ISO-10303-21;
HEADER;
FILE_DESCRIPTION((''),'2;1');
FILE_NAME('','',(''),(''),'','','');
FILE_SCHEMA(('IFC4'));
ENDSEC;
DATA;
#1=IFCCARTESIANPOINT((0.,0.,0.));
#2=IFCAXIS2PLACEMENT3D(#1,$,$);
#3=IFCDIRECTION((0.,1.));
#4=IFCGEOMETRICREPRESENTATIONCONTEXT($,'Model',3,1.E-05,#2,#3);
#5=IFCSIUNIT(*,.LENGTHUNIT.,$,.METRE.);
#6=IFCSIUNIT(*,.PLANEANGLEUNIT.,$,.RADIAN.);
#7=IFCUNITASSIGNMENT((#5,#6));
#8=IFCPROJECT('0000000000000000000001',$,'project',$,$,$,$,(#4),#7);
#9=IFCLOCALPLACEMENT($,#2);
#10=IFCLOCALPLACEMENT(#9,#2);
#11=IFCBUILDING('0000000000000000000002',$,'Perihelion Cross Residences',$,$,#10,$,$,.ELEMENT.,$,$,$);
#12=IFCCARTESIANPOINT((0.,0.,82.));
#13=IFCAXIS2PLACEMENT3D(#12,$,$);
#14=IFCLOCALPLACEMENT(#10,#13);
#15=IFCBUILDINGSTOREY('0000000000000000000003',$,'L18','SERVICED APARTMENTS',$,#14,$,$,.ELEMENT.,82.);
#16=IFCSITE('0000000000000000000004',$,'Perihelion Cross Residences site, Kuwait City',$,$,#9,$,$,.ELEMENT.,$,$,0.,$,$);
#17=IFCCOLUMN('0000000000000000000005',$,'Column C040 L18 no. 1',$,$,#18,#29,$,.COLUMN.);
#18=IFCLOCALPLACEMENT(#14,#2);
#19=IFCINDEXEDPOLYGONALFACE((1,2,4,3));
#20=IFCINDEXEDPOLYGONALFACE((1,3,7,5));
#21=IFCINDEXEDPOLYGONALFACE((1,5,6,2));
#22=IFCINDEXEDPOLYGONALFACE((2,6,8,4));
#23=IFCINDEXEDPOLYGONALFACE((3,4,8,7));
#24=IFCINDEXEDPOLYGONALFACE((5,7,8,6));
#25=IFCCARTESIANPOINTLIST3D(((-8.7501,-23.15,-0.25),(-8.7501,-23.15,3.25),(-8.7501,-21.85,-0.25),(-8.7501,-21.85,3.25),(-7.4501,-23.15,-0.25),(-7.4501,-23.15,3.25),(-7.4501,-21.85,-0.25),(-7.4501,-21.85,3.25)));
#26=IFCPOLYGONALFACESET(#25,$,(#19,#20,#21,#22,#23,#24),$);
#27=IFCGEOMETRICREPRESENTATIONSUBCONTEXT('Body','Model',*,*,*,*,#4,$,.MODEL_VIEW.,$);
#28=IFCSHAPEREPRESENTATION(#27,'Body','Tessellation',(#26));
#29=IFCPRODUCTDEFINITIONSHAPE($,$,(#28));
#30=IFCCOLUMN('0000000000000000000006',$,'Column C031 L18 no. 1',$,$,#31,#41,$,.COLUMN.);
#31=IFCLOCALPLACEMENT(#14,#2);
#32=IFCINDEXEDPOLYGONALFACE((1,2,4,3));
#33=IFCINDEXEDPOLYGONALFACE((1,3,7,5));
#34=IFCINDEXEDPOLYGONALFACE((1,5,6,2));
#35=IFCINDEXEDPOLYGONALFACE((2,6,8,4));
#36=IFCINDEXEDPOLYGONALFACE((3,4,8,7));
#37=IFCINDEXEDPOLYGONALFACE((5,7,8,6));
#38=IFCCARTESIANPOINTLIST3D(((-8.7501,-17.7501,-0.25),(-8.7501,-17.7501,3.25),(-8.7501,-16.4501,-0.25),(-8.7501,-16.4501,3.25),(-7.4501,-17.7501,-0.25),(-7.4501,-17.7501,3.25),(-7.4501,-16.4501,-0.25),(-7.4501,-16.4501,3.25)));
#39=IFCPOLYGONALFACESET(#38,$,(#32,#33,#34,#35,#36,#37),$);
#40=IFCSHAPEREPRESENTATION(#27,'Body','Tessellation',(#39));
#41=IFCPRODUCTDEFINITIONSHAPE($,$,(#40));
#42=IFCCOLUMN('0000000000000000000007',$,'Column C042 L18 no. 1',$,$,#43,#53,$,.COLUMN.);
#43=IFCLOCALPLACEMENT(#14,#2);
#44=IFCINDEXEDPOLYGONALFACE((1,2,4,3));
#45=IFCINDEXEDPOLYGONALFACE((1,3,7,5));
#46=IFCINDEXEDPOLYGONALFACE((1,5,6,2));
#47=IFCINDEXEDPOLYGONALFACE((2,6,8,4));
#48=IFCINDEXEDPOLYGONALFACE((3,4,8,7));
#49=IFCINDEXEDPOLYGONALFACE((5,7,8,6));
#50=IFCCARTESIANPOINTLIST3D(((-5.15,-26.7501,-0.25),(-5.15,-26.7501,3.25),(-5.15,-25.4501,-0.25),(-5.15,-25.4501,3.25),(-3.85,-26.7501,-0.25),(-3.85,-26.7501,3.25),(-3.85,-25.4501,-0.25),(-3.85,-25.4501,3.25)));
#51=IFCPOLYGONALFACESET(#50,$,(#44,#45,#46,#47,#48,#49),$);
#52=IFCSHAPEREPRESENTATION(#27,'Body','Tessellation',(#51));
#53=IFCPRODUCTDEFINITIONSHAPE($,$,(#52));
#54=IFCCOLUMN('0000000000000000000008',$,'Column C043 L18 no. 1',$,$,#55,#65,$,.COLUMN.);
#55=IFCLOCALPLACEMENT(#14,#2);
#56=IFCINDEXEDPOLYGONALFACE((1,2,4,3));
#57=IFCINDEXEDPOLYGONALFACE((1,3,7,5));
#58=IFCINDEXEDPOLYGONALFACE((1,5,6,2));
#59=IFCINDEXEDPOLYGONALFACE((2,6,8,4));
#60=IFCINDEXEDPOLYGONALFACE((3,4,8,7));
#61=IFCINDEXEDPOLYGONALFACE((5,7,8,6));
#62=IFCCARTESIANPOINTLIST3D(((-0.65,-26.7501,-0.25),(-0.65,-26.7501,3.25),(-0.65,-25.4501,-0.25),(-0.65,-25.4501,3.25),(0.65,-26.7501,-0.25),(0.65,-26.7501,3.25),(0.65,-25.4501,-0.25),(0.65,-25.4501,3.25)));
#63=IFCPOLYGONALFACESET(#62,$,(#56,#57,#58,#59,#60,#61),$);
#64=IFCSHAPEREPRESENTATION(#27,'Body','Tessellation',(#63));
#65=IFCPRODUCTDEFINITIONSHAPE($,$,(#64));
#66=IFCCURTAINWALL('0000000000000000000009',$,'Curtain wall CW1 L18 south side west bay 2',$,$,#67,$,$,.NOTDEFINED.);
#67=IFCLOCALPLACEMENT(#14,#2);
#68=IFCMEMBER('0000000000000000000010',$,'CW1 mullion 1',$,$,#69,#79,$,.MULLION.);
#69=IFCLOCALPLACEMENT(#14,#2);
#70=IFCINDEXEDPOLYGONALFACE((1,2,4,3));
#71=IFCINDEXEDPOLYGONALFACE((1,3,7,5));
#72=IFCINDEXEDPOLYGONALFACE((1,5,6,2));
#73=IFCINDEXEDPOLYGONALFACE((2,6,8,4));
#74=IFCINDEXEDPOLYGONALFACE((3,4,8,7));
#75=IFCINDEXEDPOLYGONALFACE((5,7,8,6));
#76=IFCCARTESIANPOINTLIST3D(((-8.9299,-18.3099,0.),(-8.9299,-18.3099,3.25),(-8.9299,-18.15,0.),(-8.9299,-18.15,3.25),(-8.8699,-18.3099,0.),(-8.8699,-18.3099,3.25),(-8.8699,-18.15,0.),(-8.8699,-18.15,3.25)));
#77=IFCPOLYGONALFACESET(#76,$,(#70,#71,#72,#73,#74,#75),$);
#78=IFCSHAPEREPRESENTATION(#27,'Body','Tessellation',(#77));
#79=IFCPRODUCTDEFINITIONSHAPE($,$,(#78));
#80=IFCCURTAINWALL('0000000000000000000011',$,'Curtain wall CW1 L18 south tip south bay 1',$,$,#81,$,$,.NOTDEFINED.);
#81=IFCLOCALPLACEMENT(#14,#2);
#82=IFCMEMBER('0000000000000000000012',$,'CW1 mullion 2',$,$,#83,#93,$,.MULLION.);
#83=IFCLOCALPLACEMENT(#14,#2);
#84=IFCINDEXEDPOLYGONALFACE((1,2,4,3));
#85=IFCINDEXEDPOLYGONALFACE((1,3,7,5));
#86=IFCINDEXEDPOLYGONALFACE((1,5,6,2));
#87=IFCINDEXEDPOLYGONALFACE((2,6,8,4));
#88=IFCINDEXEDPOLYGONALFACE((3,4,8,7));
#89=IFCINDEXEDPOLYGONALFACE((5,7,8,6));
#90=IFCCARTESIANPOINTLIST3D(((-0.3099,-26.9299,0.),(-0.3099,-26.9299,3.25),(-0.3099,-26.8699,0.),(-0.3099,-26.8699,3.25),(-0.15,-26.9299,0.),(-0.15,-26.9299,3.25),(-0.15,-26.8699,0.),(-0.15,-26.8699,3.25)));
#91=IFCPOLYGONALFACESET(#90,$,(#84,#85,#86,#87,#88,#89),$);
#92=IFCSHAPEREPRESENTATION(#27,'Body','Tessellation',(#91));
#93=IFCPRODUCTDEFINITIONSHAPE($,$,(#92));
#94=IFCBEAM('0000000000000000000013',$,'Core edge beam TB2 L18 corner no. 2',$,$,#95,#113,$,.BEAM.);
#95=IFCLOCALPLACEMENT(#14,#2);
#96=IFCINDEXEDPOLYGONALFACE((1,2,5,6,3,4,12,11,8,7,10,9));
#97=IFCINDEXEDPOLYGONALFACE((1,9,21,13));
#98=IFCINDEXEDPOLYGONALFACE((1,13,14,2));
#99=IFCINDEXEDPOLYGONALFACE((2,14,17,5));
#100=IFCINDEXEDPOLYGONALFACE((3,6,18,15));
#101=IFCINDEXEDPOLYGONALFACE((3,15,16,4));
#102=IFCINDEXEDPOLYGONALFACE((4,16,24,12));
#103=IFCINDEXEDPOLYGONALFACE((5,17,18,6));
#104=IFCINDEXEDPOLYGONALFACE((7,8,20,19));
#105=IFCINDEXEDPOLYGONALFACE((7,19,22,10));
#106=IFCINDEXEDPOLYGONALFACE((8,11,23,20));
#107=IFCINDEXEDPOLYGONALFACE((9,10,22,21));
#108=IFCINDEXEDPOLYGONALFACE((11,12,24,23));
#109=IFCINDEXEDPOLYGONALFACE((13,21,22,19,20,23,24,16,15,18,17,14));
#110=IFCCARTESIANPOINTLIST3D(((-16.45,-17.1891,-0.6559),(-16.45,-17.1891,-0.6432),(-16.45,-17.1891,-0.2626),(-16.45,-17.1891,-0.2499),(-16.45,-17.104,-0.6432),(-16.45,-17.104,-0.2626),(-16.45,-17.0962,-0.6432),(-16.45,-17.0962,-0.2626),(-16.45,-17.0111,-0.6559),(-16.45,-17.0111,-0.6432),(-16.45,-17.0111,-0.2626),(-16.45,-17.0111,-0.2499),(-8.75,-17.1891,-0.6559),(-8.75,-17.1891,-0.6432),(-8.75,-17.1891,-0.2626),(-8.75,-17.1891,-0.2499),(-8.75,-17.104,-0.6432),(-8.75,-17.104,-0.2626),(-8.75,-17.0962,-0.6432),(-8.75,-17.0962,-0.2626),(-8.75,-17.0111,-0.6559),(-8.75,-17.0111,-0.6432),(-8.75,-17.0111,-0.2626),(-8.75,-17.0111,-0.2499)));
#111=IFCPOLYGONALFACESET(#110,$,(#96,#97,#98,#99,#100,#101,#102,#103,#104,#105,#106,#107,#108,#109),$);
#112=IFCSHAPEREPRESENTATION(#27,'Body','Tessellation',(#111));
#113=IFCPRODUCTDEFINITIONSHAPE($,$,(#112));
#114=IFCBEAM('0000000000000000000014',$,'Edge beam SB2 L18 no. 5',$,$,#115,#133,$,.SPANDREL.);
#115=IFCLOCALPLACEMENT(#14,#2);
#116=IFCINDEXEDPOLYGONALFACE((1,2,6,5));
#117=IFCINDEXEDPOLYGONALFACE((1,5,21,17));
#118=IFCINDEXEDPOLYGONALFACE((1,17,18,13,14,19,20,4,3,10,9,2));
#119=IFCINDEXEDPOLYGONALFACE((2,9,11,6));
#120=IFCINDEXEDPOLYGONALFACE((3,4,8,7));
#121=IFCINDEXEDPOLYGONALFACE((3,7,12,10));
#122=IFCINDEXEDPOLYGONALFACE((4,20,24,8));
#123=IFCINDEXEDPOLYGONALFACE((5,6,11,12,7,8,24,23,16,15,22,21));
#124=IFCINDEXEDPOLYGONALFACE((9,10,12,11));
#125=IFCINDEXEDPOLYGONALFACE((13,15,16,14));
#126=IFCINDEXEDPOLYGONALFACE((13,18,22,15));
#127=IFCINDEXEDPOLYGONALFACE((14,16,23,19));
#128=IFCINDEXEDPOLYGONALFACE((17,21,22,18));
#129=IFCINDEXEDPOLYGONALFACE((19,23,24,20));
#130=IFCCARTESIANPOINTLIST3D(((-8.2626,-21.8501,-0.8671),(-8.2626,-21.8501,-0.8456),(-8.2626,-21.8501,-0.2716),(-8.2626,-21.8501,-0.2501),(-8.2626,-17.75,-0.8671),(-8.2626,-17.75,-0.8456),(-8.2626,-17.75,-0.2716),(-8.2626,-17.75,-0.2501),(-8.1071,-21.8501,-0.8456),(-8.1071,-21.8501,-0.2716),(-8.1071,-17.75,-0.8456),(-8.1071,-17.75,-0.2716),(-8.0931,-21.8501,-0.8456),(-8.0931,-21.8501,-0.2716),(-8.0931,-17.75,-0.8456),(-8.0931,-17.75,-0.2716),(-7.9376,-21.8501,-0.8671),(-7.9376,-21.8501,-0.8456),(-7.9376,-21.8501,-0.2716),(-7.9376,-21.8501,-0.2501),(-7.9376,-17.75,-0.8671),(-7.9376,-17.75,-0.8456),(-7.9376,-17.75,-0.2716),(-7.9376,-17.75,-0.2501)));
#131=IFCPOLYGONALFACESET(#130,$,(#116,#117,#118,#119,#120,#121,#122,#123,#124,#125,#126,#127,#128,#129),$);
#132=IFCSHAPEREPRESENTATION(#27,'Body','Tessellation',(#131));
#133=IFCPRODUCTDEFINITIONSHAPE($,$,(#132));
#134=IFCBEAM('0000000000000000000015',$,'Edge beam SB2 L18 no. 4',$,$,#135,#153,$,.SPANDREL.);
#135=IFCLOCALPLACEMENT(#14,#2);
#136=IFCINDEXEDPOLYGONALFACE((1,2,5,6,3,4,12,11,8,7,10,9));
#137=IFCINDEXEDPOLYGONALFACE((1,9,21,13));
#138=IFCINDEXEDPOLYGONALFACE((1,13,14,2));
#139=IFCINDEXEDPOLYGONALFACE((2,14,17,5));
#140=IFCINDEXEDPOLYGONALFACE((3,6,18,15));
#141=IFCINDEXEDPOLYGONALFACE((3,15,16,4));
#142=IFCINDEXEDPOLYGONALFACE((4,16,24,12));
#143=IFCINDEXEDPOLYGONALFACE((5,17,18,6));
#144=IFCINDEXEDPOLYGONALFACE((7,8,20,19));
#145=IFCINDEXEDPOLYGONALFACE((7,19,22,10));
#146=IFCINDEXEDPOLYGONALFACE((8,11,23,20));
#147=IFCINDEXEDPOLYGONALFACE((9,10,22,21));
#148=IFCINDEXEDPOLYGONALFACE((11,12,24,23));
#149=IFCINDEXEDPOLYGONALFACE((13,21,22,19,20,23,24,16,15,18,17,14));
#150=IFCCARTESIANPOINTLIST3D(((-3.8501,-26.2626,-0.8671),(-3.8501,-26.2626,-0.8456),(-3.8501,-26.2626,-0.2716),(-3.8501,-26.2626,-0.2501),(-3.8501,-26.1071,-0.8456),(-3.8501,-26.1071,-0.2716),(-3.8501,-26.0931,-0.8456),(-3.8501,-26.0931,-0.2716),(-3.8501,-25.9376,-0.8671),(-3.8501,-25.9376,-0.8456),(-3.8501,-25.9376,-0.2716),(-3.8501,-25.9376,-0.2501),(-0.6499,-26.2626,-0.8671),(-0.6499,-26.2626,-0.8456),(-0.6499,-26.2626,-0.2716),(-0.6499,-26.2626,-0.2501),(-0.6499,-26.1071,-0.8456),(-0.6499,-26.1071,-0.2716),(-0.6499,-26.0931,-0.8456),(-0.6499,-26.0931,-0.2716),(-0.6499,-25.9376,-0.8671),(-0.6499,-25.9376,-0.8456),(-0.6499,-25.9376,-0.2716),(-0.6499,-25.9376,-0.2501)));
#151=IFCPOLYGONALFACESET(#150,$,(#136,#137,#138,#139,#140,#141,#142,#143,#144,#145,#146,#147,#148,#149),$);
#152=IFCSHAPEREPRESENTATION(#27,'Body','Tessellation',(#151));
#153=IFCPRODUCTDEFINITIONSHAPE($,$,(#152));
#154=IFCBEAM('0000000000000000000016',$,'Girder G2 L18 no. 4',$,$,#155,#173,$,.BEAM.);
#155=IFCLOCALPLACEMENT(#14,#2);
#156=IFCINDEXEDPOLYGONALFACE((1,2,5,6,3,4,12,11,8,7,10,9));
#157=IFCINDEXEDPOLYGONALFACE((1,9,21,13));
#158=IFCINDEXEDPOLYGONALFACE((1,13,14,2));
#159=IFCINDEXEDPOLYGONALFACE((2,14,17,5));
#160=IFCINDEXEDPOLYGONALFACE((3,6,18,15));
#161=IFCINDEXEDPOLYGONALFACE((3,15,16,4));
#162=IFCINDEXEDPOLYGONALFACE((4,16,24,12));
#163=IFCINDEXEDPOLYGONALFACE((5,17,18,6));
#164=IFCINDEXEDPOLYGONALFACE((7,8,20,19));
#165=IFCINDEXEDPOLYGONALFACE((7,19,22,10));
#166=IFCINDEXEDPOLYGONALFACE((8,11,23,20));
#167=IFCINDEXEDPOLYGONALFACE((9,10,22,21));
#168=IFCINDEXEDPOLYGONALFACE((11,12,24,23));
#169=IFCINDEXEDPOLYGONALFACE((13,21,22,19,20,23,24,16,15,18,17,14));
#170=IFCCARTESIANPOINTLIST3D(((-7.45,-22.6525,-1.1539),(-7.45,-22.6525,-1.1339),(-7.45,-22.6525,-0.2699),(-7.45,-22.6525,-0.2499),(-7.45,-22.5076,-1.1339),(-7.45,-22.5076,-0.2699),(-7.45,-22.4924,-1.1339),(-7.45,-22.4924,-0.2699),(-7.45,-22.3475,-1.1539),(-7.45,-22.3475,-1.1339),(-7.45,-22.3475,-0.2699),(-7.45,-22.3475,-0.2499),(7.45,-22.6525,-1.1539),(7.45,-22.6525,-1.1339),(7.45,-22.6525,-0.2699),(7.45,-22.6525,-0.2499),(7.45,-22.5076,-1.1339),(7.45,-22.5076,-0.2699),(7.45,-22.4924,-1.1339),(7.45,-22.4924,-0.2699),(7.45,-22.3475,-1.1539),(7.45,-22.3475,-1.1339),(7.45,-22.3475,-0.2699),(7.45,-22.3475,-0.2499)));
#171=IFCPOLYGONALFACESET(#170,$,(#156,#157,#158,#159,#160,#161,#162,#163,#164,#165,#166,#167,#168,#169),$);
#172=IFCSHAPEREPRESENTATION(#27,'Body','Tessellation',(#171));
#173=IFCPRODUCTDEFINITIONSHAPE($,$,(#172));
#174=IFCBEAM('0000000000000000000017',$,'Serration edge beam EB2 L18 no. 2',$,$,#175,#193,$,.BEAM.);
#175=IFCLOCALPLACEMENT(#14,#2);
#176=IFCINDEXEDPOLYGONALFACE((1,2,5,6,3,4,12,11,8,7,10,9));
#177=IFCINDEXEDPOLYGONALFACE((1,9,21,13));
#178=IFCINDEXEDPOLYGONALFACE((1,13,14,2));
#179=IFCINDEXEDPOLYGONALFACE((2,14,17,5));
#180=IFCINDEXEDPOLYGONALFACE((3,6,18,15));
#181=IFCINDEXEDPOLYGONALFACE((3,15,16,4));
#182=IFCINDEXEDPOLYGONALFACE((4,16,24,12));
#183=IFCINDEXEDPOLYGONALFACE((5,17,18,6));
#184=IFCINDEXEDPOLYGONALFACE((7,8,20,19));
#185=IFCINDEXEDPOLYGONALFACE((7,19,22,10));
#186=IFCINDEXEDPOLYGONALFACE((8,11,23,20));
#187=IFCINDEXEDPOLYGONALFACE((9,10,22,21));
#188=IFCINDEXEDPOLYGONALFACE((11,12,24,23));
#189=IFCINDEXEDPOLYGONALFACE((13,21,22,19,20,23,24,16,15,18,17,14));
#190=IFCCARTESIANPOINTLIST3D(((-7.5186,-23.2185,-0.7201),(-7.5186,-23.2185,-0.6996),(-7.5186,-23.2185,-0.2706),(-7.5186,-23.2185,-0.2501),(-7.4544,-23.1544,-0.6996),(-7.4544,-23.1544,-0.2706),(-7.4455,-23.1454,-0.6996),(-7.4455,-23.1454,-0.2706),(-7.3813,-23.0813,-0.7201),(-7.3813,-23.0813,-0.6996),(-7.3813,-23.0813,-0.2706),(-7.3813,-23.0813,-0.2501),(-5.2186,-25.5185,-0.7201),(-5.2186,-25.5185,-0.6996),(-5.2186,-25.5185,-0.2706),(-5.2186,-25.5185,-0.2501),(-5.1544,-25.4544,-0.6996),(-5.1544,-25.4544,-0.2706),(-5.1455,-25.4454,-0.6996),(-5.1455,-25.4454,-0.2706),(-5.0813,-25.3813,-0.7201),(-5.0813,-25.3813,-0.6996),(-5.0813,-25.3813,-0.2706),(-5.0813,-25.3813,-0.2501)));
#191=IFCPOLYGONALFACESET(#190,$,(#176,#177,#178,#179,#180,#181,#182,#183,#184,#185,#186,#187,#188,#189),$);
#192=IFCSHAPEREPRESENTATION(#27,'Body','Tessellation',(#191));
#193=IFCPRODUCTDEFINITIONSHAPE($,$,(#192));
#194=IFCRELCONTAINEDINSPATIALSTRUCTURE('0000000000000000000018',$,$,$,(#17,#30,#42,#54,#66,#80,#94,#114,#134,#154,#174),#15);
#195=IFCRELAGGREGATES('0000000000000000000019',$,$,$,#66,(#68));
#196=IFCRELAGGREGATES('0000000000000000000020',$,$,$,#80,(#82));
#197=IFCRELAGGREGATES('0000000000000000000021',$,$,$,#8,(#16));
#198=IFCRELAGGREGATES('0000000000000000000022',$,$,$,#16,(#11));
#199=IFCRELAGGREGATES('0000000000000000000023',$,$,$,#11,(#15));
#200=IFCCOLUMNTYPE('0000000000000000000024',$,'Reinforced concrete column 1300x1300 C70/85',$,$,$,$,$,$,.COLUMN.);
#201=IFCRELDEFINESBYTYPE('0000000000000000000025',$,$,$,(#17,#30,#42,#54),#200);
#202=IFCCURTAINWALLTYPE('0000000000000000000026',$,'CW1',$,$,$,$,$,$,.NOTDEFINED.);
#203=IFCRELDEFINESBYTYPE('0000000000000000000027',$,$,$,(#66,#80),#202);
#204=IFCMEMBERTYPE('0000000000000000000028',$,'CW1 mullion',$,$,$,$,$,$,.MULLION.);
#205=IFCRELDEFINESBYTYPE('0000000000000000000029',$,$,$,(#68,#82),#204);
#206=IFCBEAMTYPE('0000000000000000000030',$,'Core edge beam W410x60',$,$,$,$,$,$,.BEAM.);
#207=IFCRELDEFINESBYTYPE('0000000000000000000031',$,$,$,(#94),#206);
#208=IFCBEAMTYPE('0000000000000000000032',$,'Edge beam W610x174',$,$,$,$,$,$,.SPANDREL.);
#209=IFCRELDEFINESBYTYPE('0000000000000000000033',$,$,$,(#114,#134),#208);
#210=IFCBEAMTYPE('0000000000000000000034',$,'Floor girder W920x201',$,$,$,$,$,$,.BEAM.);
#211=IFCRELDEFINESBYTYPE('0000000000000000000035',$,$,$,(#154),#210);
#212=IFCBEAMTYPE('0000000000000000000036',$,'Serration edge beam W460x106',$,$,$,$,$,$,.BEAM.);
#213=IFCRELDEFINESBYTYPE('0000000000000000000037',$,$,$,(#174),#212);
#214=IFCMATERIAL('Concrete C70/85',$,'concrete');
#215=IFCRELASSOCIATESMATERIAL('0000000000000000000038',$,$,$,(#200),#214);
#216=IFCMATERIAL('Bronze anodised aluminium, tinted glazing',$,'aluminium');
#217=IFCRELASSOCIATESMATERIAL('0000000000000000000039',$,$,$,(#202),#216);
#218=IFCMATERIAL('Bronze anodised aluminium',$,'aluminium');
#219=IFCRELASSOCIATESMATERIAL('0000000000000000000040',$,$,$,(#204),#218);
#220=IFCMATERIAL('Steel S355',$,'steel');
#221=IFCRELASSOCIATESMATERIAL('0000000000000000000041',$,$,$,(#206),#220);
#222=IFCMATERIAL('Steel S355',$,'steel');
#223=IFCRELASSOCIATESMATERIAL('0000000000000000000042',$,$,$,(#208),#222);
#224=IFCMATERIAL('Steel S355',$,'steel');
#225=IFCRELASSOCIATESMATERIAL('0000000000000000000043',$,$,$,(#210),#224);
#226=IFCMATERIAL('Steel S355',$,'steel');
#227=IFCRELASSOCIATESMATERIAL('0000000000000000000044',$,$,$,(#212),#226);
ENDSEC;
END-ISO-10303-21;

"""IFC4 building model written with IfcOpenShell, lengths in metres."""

from ifc_helpers import new_model, si_unit, direction, frame, origin, origin_2d, place, context, subcontext, project, spatial, rectangle, i_section, extrude, material, material_profile, profile_set, type_object, element, aggregate, save


model = new_model("IFC4")

# Units and contexts
model_context = context("Model", 3, precision=1e-05, world=origin(), true_north=direction((0.0, 1.0)))
body_context = subcontext(model_context, "Body", "Model", "MODEL_VIEW")
ifc_project = project(units=[si_unit("LENGTHUNIT", "METRE"), si_unit("PLANEANGLEUNIT", "RADIAN")], contexts=[model_context])

# Site, building, storey
site_placement = place(None, origin())
site = spatial("IfcSite", under=ifc_project, at=site_placement, Name="Perihelion Cross Residences site, Kuwait City", CompositionType="ELEMENT", RefElevation=0.0)
building_placement = place(site_placement, origin())
building = spatial("IfcBuilding", under=site, at=building_placement, Name="Perihelion Cross Residences", CompositionType="ELEMENT")
storey_placement = place(building_placement, frame((0.0, 0.0, 82.0)))
storey = spatial("IfcBuildingStorey", under=building, at=storey_placement, Name="L18", Description="SERVICED APARTMENTS", CompositionType="ELEMENT", Elevation=82.0)

# Columns
ifc_material_1 = material(Name="Concrete C70/85", Category="concrete")
ifc_material_profile_1 = material_profile(ifc_material_1, rectangle(XDim=1.3, YDim=1.3, at=origin_2d()), Name="RC 1300x1300")
ifc_profile_set_1 = profile_set([ifc_material_profile_1], Name="Concrete C70/85")
column_type = type_object("IfcColumnType", Name="Reinforced concrete column 1300x1300 C70/85", PredefinedType="COLUMN", material=ifc_profile_set_1)
for number, where, z_axis, x_axis, name in (
    (1, (-8.1001, -22.5, -0.25), (0.0, 0.0, 1.0), (1.0, 0.0, 0.0), "Column C040 L18 no. 1"),
    (2, (-8.1001, -17.1001, -0.25), (0.0, 0.0, 1.0), (1.0, 0.0, 0.0), "Column C031 L18 no. 1"),
    (3, (-4.5, -26.1001, -0.25), (0.0, 0.0, 1.0), (1.0, 0.0, 0.0), "Column C042 L18 no. 1"),
    (4, (0.0, -26.1001, -0.25), (0.0, 0.0, 1.0), (1.0, 0.0, 0.0), "Column C043 L18 no. 1"),
):
    element("IfcColumn", number, at=place(storey_placement, frame(where, z_axis=z_axis, x_axis=x_axis)), inside=storey, type_object=column_type, Name=name, PredefinedType="COLUMN", context=body_context, shape_type="SweptSolid", body=[
        extrude(rectangle(XDim=1.3, YDim=1.3, at=origin_2d()), origin(), (0.0, 0.0, 1.0), 3.5),
    ])

# Curtain walls, members
ifc_material_2 = material(Name="Bronze anodised aluminium, tinted glazing", Category="aluminium")
curtain_wall_type = type_object("IfcCurtainWallType", Name="CW1", PredefinedType="NOTDEFINED", material=ifc_material_2)
curtain_wall_1_placement = place(storey_placement, origin())
curtain_wall_1 = element("IfcCurtainWall", 5, at=curtain_wall_1_placement, inside=storey, type_object=curtain_wall_type, Name="Curtain wall CW1 L18 south side west bay 2", PredefinedType="NOTDEFINED")
ifc_material_3 = material(Name="Bronze anodised aluminium", Category="aluminium")
ifc_material_profile_2 = material_profile(ifc_material_3, rectangle(XDim=0.0601, YDim=0.1599, at=origin_2d()), Name="CW1 mullion")
ifc_profile_set_2 = profile_set([ifc_material_profile_2], Name="Bronze anodised aluminium")
member_type = type_object("IfcMemberType", Name="CW1 mullion", PredefinedType="MULLION", material=ifc_profile_set_2)
member_1_placement = place(storey_placement, frame((-8.8999, -18.23, 0.0), z_axis=(0.0, 0.0, 1.0), x_axis=(1.0, 0.0, 0.0)))
member_1 = element("IfcMember", 6, at=member_1_placement, type_object=member_type, Name="CW1 mullion 1", PredefinedType="MULLION", context=body_context, shape_type="SweptSolid", body=[
    extrude(rectangle(XDim=0.0601, YDim=0.1599, at=origin_2d()), origin(), (0.0, 0.0, 1.0), 3.25),
])
curtain_wall_2_placement = place(storey_placement, origin())
curtain_wall_2 = element("IfcCurtainWall", 7, at=curtain_wall_2_placement, inside=storey, type_object=curtain_wall_type, Name="Curtain wall CW1 L18 south tip south bay 1", PredefinedType="NOTDEFINED")
member_2_placement = place(storey_placement, frame((-0.23, -26.8999, 0.0), z_axis=(0.0, 0.0, 1.0), x_axis=(0.0, 1.0, 0.0)))
member_2 = element("IfcMember", 8, at=member_2_placement, type_object=member_type, Name="CW1 mullion 2", PredefinedType="MULLION", context=body_context, shape_type="SweptSolid", body=[
    extrude(rectangle(XDim=0.0601, YDim=0.1599, at=origin_2d()), origin(), (0.0, 0.0, 1.0), 3.25),
])

# Beams
ifc_material_4 = material(Name="Steel S355", Category="steel")
ifc_material_profile_3 = material_profile(ifc_material_4, i_section(OverallWidth=0.178, OverallDepth=0.406, WebThickness=0.0078, FlangeThickness=0.0127, at=origin_2d()), Name="W410x60")
ifc_profile_set_3 = profile_set([ifc_material_profile_3], Name="Steel S355")
beam_type_1 = type_object("IfcBeamType", Name="Core edge beam W410x60", PredefinedType="BEAM", material=ifc_profile_set_3)
beam_1_placement = place(storey_placement, frame((-8.75, -17.1001, -0.4529), z_axis=(-1.0, 0.0, 0.0), x_axis=(0.0, -1.0, 0.0)))
element("IfcBeam", 9, at=beam_1_placement, inside=storey, type_object=beam_type_1, Name="Core edge beam TB2 L18 corner no. 2", PredefinedType="BEAM", context=body_context, shape_type="SweptSolid", body=[
    extrude(i_section(OverallWidth=0.178, OverallDepth=0.406, WebThickness=0.0078, FlangeThickness=0.0127, at=origin_2d()), origin(), (0.0, 0.0, 1.0), 7.7),
])
ifc_material_5 = material(Name="Steel S355", Category="steel")
ifc_material_profile_4 = material_profile(ifc_material_5, i_section(OverallWidth=0.325, OverallDepth=0.6169, WebThickness=0.0139, FlangeThickness=0.0215, at=origin_2d()), Name="W610x174")
ifc_profile_set_4 = profile_set([ifc_material_profile_4], Name="Steel S355")
beam_type_2 = type_object("IfcBeamType", Name="Edge beam W610x174", PredefinedType="SPANDREL", material=ifc_profile_set_4)
beam_2_placement = place(storey_placement, frame((-8.1001, -17.75, -0.5586), z_axis=(0.0, -1.0, 0.0), x_axis=(1.0, 0.0, 0.0)))
element("IfcBeam", 10, at=beam_2_placement, inside=storey, type_object=beam_type_2, Name="Edge beam SB2 L18 no. 5", PredefinedType="SPANDREL", context=body_context, shape_type="SweptSolid", body=[
    extrude(i_section(OverallWidth=0.325, OverallDepth=0.6169, WebThickness=0.0139, FlangeThickness=0.0215, at=origin_2d()), origin(), (0.0, 0.0, 1.0), 4.1001),
])
beam_3_placement = place(storey_placement, frame((-3.8501, -26.1001, -0.5586), z_axis=(1.0, 0.0, 0.0), x_axis=(0.0, 1.0, 0.0)))
element("IfcBeam", 11, at=beam_3_placement, inside=storey, type_object=beam_type_2, Name="Edge beam SB2 L18 no. 4", PredefinedType="SPANDREL", context=body_context, shape_type="SweptSolid", body=[
    extrude(i_section(OverallWidth=0.325, OverallDepth=0.6169, WebThickness=0.0139, FlangeThickness=0.0215, at=origin_2d()), origin(), (0.0, 0.0, 1.0), 3.2002),
])
ifc_material_6 = material(Name="Steel S355", Category="steel")
ifc_material_profile_5 = material_profile(ifc_material_6, i_section(OverallWidth=0.3049, OverallDepth=0.9041, WebThickness=0.0151, FlangeThickness=0.02, at=origin_2d()), Name="W920x201")
ifc_profile_set_5 = profile_set([ifc_material_profile_5], Name="Steel S355")
beam_type_3 = type_object("IfcBeamType", Name="Floor girder W920x201", PredefinedType="BEAM", material=ifc_profile_set_5)
beam_4_placement = place(storey_placement, frame((-7.45, -22.5, -0.7019), z_axis=(1.0, 0.0, 0.0), x_axis=(0.0, 1.0, 0.0)))
element("IfcBeam", 12, at=beam_4_placement, inside=storey, type_object=beam_type_3, Name="Girder G2 L18 no. 4", PredefinedType="BEAM", context=body_context, shape_type="SweptSolid", body=[
    extrude(i_section(OverallWidth=0.3049, OverallDepth=0.9041, WebThickness=0.0151, FlangeThickness=0.02, at=origin_2d()), origin(), (0.0, 0.0, 1.0), 14.8999),
])
ifc_material_7 = material(Name="Steel S355", Category="steel")
ifc_material_profile_6 = material_profile(ifc_material_7, i_section(OverallWidth=0.1941, OverallDepth=0.47, WebThickness=0.0127, FlangeThickness=0.0205, at=origin_2d()), Name="W460x106")
ifc_profile_set_6 = profile_set([ifc_material_profile_6], Name="Steel S355")
beam_type_4 = type_object("IfcBeamType", Name="Serration edge beam W460x106", PredefinedType="BEAM", material=ifc_profile_set_6)
beam_5_placement = place(storey_placement, frame((-7.45, -23.1499, -0.4851), z_axis=(0.707107, -0.707107, 0.0), x_axis=(0.707107, 0.707107, 0.0)))
element("IfcBeam", 13, at=beam_5_placement, inside=storey, type_object=beam_type_4, Name="Serration edge beam EB2 L18 no. 2", PredefinedType="BEAM", context=body_context, shape_type="SweptSolid", body=[
    extrude(i_section(OverallWidth=0.1941, OverallDepth=0.47, WebThickness=0.0127, FlangeThickness=0.0205, at=origin_2d()), origin(), (0.0, 0.0, 1.0), 3.2527),
])

aggregate(curtain_wall_1, [member_1])
aggregate(curtain_wall_2, [member_2])

save(model, "model.ifc")
